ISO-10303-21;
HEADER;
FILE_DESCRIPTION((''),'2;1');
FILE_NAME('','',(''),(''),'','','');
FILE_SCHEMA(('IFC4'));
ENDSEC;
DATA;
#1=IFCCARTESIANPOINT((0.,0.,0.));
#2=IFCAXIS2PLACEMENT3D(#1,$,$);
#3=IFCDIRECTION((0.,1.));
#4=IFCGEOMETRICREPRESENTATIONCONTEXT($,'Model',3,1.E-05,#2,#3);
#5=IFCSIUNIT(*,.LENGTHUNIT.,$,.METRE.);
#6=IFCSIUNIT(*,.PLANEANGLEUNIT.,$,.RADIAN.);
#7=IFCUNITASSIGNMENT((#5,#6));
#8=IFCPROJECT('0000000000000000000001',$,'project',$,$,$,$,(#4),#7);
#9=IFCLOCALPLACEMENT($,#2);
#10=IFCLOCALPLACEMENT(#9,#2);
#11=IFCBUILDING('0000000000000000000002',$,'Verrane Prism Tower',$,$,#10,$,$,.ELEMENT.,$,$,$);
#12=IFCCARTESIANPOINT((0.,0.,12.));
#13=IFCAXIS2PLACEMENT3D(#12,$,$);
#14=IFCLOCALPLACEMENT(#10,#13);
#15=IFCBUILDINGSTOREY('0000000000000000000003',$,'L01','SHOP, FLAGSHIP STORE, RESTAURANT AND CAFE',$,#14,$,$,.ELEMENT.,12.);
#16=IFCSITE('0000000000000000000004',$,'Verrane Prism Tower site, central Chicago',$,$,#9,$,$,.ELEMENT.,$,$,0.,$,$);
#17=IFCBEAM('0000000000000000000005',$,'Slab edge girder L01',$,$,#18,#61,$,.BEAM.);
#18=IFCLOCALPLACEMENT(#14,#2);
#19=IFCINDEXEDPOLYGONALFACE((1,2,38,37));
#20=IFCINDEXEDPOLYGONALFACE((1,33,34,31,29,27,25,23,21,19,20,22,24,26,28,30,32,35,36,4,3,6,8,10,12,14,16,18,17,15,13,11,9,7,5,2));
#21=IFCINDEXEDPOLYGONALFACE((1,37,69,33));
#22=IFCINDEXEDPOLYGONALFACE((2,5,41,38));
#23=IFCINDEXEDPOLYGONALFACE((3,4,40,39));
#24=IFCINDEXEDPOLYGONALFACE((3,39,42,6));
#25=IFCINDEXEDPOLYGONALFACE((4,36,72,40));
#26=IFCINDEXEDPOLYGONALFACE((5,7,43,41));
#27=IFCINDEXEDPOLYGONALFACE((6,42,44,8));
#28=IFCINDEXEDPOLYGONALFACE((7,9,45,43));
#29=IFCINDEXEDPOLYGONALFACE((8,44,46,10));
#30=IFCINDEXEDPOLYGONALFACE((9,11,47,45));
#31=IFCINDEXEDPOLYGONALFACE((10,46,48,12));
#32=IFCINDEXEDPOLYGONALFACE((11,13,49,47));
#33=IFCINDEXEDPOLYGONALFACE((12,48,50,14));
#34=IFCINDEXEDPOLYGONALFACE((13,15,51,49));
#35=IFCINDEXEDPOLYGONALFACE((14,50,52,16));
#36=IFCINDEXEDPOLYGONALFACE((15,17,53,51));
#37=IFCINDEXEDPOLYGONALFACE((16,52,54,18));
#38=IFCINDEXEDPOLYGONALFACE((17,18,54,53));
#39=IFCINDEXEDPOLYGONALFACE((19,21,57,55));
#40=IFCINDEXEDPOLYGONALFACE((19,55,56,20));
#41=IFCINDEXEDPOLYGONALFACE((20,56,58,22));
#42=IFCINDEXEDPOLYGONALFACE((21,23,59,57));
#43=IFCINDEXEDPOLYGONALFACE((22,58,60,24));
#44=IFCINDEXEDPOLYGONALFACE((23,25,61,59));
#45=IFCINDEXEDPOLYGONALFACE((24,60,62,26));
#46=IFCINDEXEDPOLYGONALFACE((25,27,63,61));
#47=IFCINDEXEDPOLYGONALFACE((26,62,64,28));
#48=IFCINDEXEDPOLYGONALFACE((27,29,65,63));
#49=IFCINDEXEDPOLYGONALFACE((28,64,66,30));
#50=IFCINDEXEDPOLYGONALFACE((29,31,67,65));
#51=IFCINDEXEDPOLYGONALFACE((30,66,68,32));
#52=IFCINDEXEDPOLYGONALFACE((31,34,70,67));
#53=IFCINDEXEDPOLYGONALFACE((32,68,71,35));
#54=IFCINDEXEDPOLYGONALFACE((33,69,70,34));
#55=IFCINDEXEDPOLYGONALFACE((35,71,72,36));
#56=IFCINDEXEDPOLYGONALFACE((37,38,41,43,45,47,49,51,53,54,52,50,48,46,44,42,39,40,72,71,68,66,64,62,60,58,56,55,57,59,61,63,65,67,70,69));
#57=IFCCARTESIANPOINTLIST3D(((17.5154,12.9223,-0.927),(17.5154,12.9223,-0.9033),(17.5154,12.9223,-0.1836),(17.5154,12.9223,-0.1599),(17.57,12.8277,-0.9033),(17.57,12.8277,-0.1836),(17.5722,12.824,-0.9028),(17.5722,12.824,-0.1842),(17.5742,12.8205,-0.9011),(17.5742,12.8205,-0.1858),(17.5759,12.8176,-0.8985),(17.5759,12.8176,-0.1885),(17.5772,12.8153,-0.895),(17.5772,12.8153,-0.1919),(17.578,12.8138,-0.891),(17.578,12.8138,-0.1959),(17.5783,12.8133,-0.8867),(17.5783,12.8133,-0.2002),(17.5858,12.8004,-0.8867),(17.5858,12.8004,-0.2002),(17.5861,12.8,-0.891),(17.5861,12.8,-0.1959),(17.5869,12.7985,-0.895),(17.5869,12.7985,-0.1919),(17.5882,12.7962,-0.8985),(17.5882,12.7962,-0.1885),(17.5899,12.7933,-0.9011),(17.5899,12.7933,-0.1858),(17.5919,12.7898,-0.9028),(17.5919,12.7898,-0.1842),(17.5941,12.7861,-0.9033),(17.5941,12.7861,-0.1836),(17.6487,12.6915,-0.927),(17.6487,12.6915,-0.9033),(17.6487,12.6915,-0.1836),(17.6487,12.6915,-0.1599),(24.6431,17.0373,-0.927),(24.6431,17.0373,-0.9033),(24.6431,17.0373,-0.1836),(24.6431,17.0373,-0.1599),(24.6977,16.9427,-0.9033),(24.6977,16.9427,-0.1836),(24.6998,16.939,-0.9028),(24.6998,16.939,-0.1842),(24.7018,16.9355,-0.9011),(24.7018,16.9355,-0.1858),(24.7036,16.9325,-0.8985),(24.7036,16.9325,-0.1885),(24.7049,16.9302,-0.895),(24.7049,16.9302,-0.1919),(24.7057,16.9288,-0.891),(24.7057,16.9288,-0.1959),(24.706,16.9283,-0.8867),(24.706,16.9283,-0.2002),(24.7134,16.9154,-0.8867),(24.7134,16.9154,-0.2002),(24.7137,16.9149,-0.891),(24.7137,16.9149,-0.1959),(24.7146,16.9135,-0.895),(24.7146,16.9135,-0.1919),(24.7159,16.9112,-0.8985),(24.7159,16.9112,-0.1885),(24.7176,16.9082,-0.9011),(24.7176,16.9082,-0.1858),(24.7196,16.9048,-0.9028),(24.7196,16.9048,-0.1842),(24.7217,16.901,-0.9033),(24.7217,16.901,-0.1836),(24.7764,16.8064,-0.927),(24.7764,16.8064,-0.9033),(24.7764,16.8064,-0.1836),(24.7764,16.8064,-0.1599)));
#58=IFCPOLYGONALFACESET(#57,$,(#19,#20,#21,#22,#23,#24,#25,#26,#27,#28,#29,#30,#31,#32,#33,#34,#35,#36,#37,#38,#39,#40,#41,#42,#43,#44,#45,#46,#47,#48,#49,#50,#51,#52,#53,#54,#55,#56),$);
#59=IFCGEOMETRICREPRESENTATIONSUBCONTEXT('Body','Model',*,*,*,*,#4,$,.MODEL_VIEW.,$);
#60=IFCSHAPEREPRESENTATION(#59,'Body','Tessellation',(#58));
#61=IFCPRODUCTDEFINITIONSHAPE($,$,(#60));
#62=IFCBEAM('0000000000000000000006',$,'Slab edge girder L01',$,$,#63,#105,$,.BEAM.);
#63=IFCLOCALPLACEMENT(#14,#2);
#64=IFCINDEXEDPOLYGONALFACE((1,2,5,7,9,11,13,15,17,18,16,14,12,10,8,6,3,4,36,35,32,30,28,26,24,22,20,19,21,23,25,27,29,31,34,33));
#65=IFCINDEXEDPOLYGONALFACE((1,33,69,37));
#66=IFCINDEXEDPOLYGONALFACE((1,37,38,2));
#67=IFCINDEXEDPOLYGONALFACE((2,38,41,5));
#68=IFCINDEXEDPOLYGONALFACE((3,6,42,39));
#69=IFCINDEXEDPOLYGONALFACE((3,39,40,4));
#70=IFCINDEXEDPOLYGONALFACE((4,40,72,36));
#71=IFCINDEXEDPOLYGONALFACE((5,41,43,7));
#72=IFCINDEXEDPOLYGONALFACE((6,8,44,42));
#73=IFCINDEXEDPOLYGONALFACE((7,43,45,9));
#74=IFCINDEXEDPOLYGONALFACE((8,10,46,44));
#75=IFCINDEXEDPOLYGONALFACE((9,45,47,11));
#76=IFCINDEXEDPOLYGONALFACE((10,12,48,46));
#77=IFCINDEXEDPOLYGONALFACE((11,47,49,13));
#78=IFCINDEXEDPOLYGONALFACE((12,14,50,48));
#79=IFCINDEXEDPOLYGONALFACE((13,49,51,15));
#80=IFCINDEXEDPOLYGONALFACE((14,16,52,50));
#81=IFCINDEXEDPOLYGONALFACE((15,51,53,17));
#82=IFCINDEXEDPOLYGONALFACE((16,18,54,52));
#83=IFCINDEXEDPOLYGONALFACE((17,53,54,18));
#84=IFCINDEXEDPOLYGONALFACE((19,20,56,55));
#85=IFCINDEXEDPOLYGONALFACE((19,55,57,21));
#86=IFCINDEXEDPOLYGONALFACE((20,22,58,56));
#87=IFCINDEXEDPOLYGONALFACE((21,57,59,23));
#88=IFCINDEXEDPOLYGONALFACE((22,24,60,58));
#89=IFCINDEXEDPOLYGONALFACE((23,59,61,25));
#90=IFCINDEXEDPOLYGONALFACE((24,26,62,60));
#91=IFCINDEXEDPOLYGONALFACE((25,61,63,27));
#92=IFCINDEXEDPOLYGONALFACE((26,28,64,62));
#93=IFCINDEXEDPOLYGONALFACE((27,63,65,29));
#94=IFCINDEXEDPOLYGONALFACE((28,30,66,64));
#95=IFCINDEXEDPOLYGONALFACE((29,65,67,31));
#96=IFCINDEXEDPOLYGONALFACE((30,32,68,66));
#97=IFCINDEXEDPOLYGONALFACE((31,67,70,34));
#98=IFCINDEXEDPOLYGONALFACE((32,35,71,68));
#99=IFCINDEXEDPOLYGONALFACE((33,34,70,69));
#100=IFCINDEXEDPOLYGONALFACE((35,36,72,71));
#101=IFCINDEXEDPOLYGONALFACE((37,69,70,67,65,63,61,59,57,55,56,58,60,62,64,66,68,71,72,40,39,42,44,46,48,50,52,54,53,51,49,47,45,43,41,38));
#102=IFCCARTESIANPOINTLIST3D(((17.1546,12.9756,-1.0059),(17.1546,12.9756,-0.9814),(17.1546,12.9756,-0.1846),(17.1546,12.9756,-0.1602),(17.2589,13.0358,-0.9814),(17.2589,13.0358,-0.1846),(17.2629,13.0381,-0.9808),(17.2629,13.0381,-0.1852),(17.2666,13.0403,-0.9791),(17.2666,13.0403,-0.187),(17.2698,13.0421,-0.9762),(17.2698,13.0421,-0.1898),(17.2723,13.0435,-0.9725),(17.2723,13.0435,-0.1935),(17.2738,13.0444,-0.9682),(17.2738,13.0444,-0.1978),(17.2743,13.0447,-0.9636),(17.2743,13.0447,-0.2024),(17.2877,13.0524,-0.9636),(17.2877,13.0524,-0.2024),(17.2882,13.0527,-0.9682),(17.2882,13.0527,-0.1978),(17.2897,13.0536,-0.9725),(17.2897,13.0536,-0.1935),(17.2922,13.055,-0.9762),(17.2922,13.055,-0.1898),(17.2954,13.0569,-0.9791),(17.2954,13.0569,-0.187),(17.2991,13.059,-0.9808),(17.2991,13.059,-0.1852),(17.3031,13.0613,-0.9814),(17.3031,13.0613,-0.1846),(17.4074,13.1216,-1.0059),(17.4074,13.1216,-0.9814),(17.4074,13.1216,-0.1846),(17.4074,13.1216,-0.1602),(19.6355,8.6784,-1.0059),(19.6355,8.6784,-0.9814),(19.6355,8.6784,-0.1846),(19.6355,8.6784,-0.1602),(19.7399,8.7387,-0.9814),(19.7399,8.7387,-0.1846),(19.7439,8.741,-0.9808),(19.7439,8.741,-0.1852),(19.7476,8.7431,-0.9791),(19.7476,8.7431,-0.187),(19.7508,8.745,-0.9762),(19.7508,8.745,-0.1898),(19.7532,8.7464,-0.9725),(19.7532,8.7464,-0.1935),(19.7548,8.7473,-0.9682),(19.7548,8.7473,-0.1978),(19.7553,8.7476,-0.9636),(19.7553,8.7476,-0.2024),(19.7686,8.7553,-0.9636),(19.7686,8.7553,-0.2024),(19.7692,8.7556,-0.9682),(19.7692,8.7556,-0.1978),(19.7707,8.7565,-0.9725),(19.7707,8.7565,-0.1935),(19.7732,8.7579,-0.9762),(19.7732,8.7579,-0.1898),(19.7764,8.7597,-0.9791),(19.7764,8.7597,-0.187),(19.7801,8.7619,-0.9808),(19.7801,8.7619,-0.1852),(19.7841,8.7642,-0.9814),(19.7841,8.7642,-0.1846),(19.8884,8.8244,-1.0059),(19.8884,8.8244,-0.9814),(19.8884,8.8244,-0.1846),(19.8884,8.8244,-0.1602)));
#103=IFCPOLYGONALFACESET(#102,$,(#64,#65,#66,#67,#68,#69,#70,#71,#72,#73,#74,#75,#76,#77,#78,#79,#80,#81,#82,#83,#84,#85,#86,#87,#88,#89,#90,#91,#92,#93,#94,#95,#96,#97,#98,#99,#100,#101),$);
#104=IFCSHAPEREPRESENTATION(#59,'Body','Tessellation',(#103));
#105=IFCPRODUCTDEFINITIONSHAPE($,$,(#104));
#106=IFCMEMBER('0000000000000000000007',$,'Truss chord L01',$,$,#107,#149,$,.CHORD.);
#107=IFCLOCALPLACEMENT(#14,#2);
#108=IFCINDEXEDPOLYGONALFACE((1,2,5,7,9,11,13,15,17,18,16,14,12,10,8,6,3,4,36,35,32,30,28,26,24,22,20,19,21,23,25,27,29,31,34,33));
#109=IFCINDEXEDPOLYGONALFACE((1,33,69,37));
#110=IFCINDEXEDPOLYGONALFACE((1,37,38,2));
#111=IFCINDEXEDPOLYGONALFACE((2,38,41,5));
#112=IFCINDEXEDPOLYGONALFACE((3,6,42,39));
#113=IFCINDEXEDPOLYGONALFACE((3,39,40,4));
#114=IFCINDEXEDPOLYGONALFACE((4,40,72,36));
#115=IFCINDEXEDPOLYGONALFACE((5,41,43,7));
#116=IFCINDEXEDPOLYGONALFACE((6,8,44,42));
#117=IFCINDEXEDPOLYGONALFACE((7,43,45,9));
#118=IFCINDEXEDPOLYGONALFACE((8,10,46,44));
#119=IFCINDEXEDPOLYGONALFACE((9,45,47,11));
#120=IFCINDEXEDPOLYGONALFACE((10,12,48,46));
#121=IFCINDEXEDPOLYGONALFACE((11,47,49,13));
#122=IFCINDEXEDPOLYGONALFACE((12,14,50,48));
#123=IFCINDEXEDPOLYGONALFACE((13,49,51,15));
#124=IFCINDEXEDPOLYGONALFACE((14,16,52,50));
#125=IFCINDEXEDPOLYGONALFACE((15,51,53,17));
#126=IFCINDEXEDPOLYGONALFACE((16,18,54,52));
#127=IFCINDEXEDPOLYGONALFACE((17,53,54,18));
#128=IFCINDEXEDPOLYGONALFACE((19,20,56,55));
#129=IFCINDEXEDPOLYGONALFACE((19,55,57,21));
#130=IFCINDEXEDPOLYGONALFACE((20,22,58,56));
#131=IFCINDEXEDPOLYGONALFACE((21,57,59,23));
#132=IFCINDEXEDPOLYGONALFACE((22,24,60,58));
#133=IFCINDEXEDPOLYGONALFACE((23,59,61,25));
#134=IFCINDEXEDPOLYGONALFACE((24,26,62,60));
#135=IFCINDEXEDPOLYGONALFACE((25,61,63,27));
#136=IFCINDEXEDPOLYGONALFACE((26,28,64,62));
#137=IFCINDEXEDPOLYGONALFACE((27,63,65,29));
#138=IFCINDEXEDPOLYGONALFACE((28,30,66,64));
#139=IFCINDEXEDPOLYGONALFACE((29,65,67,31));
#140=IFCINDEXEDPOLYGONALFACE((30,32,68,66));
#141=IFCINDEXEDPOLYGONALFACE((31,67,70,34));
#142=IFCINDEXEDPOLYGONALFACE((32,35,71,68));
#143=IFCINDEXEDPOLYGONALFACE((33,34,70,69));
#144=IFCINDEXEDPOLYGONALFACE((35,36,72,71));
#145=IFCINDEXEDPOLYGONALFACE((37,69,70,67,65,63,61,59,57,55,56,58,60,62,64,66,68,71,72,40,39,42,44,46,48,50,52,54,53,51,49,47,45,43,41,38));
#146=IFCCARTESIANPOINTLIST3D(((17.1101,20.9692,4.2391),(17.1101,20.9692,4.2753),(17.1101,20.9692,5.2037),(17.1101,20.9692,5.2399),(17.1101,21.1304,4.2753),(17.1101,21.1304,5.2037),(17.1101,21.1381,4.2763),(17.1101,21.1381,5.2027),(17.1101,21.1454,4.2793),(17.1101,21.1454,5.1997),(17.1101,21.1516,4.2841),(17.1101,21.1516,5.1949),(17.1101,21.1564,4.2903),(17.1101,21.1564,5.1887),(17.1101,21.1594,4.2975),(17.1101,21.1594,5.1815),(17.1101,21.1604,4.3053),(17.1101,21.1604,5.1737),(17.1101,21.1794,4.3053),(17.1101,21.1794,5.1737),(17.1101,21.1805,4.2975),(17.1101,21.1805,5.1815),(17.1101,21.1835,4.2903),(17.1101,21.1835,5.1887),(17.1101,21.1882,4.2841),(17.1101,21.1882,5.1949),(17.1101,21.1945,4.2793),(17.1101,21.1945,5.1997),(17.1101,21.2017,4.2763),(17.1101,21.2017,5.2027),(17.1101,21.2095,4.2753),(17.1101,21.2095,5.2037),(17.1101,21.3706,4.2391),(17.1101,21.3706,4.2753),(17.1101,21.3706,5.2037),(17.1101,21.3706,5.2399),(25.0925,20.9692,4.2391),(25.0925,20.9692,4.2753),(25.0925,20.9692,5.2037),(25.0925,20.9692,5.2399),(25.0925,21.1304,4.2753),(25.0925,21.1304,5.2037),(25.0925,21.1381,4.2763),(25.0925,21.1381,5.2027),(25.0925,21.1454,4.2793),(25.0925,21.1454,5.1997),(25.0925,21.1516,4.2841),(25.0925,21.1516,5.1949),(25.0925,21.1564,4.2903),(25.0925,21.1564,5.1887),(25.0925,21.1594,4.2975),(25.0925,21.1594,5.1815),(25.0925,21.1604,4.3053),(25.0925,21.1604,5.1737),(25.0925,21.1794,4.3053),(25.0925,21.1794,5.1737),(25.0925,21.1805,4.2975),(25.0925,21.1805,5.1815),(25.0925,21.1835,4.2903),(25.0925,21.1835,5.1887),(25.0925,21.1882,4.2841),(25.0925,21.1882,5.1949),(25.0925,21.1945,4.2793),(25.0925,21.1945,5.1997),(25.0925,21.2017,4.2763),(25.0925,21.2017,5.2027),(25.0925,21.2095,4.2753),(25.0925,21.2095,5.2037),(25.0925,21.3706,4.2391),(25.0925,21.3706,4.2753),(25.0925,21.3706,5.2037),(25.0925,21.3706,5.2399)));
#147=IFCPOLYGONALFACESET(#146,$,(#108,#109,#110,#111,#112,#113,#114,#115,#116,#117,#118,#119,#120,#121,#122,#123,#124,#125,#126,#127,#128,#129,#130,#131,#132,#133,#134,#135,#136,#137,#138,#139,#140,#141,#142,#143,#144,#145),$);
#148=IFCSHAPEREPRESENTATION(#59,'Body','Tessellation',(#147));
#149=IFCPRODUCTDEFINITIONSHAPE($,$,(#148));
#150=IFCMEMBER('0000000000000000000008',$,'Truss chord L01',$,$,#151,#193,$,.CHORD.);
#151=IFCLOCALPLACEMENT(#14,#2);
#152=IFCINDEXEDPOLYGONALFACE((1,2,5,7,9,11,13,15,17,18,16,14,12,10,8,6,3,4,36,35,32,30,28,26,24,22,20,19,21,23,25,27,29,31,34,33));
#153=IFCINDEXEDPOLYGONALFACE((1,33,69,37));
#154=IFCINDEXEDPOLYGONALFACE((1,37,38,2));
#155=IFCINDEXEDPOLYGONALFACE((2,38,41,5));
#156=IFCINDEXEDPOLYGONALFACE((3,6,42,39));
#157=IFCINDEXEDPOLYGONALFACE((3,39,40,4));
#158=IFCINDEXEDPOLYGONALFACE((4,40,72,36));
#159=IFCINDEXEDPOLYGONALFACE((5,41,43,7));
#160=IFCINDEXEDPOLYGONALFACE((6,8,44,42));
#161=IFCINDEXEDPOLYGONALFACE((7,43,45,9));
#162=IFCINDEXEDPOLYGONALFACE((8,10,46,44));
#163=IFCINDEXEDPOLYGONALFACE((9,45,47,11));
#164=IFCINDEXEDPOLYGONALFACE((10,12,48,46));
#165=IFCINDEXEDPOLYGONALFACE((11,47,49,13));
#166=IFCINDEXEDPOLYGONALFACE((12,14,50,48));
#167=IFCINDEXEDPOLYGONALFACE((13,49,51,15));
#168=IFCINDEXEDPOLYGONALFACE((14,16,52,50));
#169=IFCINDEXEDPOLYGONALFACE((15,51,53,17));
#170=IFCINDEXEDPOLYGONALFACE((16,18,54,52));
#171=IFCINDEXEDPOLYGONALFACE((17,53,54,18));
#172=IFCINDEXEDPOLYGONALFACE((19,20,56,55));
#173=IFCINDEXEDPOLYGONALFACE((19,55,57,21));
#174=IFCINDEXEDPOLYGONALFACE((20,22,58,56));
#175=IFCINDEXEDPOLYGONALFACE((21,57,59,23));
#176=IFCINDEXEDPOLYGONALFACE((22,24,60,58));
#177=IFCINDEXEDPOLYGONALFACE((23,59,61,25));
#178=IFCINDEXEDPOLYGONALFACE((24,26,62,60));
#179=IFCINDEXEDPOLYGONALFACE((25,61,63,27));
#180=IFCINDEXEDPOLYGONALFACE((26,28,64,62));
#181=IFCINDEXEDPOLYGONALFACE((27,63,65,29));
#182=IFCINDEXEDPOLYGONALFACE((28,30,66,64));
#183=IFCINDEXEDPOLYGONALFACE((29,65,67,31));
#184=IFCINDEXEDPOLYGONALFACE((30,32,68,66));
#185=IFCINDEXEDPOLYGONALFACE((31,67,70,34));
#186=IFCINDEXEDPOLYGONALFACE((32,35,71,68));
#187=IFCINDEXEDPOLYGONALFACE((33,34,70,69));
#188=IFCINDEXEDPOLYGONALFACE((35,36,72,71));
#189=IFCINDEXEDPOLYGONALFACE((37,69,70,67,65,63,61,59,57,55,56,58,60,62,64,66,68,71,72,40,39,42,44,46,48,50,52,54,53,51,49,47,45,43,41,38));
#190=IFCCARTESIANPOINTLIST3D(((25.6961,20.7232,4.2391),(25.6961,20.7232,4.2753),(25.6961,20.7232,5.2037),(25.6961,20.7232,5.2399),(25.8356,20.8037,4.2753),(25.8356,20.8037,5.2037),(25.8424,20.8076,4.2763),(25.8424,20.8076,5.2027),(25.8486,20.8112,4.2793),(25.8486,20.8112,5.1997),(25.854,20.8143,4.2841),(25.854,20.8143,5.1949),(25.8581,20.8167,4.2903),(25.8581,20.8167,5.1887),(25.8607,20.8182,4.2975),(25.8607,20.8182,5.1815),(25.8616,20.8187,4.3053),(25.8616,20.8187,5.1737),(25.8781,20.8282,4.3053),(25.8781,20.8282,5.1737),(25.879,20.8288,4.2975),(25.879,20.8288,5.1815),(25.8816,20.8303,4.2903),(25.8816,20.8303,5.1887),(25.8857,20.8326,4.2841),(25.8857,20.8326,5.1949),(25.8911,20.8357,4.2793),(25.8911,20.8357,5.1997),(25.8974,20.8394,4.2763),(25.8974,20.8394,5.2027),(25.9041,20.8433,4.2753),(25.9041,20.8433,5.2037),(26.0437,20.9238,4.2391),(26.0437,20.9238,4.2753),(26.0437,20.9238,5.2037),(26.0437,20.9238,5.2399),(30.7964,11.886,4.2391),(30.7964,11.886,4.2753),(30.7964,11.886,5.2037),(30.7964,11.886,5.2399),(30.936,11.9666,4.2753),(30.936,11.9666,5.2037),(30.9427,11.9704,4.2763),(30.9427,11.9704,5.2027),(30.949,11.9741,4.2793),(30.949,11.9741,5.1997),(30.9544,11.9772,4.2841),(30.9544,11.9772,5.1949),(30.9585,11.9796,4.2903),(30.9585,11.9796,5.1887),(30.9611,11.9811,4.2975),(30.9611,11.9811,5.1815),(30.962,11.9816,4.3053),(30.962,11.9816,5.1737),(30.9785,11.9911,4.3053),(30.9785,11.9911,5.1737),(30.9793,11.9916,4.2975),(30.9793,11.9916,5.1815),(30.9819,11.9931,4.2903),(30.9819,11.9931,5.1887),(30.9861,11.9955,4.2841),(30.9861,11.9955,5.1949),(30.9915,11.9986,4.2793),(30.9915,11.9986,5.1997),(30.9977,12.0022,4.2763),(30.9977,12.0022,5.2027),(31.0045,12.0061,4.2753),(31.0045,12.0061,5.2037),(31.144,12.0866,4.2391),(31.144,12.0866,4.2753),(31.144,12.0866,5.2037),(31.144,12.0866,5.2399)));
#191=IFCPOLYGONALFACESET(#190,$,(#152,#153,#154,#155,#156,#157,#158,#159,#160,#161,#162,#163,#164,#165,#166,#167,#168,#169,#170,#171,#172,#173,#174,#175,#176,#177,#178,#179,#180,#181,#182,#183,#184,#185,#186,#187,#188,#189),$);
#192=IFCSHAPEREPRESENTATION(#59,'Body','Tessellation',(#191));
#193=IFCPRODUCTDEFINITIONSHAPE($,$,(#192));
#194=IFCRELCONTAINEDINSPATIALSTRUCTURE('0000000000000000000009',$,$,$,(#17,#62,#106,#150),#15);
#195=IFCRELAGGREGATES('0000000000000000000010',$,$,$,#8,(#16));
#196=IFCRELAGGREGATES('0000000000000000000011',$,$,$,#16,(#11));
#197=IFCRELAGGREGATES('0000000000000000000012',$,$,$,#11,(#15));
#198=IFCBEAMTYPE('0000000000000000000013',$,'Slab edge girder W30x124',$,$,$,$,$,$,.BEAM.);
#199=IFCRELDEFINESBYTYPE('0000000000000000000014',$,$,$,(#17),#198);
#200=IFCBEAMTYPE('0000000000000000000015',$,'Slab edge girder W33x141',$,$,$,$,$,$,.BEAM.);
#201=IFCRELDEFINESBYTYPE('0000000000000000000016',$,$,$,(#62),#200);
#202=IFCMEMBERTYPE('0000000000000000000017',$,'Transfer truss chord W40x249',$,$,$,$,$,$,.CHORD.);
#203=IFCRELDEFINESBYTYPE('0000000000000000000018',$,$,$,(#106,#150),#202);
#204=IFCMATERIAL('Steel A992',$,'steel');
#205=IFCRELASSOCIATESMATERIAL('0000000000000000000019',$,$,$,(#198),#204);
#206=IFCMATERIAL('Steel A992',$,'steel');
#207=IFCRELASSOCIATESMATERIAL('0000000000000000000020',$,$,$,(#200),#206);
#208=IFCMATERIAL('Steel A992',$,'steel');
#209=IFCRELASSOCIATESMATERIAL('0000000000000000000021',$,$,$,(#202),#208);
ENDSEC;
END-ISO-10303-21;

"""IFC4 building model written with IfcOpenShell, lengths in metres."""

from ifc_helpers import new_model, si_unit, direction, frame, origin, origin_2d, place, context, subcontext, project, spatial, i_section, extrude, material, material_profile, profile_set, type_object, element, save


model = new_model("IFC4")

# Units and contexts
model_context = context("Model", 3, precision=1e-05, world=origin(), true_north=direction((0.0, 1.0)))
body_context = subcontext(model_context, "Body", "Model", "MODEL_VIEW")
ifc_project = project(units=[si_unit("LENGTHUNIT", "METRE"), si_unit("PLANEANGLEUNIT", "RADIAN")], contexts=[model_context])

# Site, building, storey
site_placement = place(None, origin())
site = spatial("IfcSite", under=ifc_project, at=site_placement, Name="Verrane Prism Tower site, central Chicago", CompositionType="ELEMENT", RefElevation=0.0)
building_placement = place(site_placement, origin())
building = spatial("IfcBuilding", under=site, at=building_placement, Name="Verrane Prism Tower", CompositionType="ELEMENT")
storey_placement = place(building_placement, frame((0.0, 0.0, 12.0)))
storey = spatial("IfcBuildingStorey", under=building, at=storey_placement, Name="L01", Description="SHOP, FLAGSHIP STORE, RESTAURANT AND CAFE", CompositionType="ELEMENT", Elevation=12.0)

# Beams
ifc_material_1 = material(Name="Steel A992", Category="steel")
ifc_material_profile_1 = material_profile(ifc_material_1, i_section(OverallWidth=0.2666, OverallDepth=0.7671, WebThickness=0.0149, FlangeThickness=0.0237, FilletRadius=0.0166, at=origin_2d()), Name="W30x124")
ifc_profile_set_1 = profile_set([ifc_material_profile_1], Name="Steel A992")
beam_type_1 = type_object("IfcBeamType", Name="Slab edge girder W30x124", PredefinedType="BEAM", material=ifc_profile_set_1)
beam_1_placement = place(storey_placement, frame((24.7097, 16.9219, -0.5435), z_axis=(-0.866035, -0.499984, 0.0), x_axis=(0.499984, -0.866035, 0.0)))
element("IfcBeam", 1, at=beam_1_placement, inside=storey, type_object=beam_type_1, Name="Slab edge girder L01", PredefinedType="BEAM", context=body_context, shape_type="SweptSolid", body=[
    extrude(i_section(OverallWidth=0.2666, OverallDepth=0.7671, WebThickness=0.0149, FlangeThickness=0.0237, FilletRadius=0.0166, at=origin_2d()), origin(), (0.0, 0.0, 1.0), 8.2302),
])
ifc_material_2 = material(Name="Steel A992", Category="steel")
ifc_material_profile_2 = material_profile(ifc_material_2, i_section(OverallWidth=0.292, OverallDepth=0.8457, WebThickness=0.0154, FlangeThickness=0.0244, FilletRadius=0.0178, at=origin_2d()), Name="W33x141")
ifc_profile_set_2 = profile_set([ifc_material_profile_2], Name="Steel A992")
beam_type_2 = type_object("IfcBeamType", Name="Slab edge girder W33x141", PredefinedType="BEAM", material=ifc_profile_set_2)
beam_2_placement = place(storey_placement, frame((17.281, 13.0486, -0.583), z_axis=(0.500002, -0.866024, 0.0), x_axis=(0.866024, 0.500002, 0.0)))
element("IfcBeam", 2, at=beam_2_placement, inside=storey, type_object=beam_type_2, Name="Slab edge girder L01", PredefinedType="BEAM", context=body_context, shape_type="SweptSolid", body=[
    extrude(i_section(OverallWidth=0.292, OverallDepth=0.8457, WebThickness=0.0154, FlangeThickness=0.0244, FilletRadius=0.0178, at=origin_2d()), origin(), (0.0, 0.0, 1.0), 4.9619),
])

# Members
ifc_material_3 = material(Name="Steel A992", Category="steel")
ifc_material_profile_3 = material_profile(ifc_material_3, i_section(OverallWidth=0.4014, OverallDepth=1.0007, WebThickness=0.019, FlangeThickness=0.0361, FilletRadius=0.03, at=origin_2d()), Name="W40x249")
ifc_profile_set_3 = profile_set([ifc_material_profile_3], Name="Steel A992")
member_type_1 = type_object("IfcMemberType", Name="Transfer truss chord W40x249", PredefinedType="CHORD", material=ifc_profile_set_3)
member_1_placement = place(storey_placement, frame((25.0925, 21.1699, 4.7395), z_axis=(-1.0, 0.0, 0.0), x_axis=(0.0, -1.0, 0.0)))
element("IfcMember", 3, at=member_1_placement, inside=storey, type_object=member_type_1, Name="Truss chord L01", PredefinedType="CHORD", context=body_context, shape_type="SweptSolid", body=[
    extrude(i_section(OverallWidth=0.4014, OverallDepth=1.0007, WebThickness=0.019, FlangeThickness=0.0361, FilletRadius=0.03, at=origin_2d()), origin(), (0.0, 0.0, 1.0), 7.9824),
])
member_2_placement = place(storey_placement, frame((30.9702, 11.9863, 4.7395), z_axis=(-0.499868, 0.866102, 0.0), x_axis=(-0.866102, -0.499868, 0.0)))
element("IfcMember", 4, at=member_2_placement, inside=storey, type_object=member_type_1, Name="Truss chord L01", PredefinedType="CHORD", context=body_context, shape_type="SweptSolid", body=[
    extrude(i_section(OverallWidth=0.4014, OverallDepth=1.0007, WebThickness=0.019, FlangeThickness=0.0361, FilletRadius=0.03, at=origin_2d()), origin(), (0.0, 0.0, 1.0), 10.2034),
])

save(model, "model.ifc")
